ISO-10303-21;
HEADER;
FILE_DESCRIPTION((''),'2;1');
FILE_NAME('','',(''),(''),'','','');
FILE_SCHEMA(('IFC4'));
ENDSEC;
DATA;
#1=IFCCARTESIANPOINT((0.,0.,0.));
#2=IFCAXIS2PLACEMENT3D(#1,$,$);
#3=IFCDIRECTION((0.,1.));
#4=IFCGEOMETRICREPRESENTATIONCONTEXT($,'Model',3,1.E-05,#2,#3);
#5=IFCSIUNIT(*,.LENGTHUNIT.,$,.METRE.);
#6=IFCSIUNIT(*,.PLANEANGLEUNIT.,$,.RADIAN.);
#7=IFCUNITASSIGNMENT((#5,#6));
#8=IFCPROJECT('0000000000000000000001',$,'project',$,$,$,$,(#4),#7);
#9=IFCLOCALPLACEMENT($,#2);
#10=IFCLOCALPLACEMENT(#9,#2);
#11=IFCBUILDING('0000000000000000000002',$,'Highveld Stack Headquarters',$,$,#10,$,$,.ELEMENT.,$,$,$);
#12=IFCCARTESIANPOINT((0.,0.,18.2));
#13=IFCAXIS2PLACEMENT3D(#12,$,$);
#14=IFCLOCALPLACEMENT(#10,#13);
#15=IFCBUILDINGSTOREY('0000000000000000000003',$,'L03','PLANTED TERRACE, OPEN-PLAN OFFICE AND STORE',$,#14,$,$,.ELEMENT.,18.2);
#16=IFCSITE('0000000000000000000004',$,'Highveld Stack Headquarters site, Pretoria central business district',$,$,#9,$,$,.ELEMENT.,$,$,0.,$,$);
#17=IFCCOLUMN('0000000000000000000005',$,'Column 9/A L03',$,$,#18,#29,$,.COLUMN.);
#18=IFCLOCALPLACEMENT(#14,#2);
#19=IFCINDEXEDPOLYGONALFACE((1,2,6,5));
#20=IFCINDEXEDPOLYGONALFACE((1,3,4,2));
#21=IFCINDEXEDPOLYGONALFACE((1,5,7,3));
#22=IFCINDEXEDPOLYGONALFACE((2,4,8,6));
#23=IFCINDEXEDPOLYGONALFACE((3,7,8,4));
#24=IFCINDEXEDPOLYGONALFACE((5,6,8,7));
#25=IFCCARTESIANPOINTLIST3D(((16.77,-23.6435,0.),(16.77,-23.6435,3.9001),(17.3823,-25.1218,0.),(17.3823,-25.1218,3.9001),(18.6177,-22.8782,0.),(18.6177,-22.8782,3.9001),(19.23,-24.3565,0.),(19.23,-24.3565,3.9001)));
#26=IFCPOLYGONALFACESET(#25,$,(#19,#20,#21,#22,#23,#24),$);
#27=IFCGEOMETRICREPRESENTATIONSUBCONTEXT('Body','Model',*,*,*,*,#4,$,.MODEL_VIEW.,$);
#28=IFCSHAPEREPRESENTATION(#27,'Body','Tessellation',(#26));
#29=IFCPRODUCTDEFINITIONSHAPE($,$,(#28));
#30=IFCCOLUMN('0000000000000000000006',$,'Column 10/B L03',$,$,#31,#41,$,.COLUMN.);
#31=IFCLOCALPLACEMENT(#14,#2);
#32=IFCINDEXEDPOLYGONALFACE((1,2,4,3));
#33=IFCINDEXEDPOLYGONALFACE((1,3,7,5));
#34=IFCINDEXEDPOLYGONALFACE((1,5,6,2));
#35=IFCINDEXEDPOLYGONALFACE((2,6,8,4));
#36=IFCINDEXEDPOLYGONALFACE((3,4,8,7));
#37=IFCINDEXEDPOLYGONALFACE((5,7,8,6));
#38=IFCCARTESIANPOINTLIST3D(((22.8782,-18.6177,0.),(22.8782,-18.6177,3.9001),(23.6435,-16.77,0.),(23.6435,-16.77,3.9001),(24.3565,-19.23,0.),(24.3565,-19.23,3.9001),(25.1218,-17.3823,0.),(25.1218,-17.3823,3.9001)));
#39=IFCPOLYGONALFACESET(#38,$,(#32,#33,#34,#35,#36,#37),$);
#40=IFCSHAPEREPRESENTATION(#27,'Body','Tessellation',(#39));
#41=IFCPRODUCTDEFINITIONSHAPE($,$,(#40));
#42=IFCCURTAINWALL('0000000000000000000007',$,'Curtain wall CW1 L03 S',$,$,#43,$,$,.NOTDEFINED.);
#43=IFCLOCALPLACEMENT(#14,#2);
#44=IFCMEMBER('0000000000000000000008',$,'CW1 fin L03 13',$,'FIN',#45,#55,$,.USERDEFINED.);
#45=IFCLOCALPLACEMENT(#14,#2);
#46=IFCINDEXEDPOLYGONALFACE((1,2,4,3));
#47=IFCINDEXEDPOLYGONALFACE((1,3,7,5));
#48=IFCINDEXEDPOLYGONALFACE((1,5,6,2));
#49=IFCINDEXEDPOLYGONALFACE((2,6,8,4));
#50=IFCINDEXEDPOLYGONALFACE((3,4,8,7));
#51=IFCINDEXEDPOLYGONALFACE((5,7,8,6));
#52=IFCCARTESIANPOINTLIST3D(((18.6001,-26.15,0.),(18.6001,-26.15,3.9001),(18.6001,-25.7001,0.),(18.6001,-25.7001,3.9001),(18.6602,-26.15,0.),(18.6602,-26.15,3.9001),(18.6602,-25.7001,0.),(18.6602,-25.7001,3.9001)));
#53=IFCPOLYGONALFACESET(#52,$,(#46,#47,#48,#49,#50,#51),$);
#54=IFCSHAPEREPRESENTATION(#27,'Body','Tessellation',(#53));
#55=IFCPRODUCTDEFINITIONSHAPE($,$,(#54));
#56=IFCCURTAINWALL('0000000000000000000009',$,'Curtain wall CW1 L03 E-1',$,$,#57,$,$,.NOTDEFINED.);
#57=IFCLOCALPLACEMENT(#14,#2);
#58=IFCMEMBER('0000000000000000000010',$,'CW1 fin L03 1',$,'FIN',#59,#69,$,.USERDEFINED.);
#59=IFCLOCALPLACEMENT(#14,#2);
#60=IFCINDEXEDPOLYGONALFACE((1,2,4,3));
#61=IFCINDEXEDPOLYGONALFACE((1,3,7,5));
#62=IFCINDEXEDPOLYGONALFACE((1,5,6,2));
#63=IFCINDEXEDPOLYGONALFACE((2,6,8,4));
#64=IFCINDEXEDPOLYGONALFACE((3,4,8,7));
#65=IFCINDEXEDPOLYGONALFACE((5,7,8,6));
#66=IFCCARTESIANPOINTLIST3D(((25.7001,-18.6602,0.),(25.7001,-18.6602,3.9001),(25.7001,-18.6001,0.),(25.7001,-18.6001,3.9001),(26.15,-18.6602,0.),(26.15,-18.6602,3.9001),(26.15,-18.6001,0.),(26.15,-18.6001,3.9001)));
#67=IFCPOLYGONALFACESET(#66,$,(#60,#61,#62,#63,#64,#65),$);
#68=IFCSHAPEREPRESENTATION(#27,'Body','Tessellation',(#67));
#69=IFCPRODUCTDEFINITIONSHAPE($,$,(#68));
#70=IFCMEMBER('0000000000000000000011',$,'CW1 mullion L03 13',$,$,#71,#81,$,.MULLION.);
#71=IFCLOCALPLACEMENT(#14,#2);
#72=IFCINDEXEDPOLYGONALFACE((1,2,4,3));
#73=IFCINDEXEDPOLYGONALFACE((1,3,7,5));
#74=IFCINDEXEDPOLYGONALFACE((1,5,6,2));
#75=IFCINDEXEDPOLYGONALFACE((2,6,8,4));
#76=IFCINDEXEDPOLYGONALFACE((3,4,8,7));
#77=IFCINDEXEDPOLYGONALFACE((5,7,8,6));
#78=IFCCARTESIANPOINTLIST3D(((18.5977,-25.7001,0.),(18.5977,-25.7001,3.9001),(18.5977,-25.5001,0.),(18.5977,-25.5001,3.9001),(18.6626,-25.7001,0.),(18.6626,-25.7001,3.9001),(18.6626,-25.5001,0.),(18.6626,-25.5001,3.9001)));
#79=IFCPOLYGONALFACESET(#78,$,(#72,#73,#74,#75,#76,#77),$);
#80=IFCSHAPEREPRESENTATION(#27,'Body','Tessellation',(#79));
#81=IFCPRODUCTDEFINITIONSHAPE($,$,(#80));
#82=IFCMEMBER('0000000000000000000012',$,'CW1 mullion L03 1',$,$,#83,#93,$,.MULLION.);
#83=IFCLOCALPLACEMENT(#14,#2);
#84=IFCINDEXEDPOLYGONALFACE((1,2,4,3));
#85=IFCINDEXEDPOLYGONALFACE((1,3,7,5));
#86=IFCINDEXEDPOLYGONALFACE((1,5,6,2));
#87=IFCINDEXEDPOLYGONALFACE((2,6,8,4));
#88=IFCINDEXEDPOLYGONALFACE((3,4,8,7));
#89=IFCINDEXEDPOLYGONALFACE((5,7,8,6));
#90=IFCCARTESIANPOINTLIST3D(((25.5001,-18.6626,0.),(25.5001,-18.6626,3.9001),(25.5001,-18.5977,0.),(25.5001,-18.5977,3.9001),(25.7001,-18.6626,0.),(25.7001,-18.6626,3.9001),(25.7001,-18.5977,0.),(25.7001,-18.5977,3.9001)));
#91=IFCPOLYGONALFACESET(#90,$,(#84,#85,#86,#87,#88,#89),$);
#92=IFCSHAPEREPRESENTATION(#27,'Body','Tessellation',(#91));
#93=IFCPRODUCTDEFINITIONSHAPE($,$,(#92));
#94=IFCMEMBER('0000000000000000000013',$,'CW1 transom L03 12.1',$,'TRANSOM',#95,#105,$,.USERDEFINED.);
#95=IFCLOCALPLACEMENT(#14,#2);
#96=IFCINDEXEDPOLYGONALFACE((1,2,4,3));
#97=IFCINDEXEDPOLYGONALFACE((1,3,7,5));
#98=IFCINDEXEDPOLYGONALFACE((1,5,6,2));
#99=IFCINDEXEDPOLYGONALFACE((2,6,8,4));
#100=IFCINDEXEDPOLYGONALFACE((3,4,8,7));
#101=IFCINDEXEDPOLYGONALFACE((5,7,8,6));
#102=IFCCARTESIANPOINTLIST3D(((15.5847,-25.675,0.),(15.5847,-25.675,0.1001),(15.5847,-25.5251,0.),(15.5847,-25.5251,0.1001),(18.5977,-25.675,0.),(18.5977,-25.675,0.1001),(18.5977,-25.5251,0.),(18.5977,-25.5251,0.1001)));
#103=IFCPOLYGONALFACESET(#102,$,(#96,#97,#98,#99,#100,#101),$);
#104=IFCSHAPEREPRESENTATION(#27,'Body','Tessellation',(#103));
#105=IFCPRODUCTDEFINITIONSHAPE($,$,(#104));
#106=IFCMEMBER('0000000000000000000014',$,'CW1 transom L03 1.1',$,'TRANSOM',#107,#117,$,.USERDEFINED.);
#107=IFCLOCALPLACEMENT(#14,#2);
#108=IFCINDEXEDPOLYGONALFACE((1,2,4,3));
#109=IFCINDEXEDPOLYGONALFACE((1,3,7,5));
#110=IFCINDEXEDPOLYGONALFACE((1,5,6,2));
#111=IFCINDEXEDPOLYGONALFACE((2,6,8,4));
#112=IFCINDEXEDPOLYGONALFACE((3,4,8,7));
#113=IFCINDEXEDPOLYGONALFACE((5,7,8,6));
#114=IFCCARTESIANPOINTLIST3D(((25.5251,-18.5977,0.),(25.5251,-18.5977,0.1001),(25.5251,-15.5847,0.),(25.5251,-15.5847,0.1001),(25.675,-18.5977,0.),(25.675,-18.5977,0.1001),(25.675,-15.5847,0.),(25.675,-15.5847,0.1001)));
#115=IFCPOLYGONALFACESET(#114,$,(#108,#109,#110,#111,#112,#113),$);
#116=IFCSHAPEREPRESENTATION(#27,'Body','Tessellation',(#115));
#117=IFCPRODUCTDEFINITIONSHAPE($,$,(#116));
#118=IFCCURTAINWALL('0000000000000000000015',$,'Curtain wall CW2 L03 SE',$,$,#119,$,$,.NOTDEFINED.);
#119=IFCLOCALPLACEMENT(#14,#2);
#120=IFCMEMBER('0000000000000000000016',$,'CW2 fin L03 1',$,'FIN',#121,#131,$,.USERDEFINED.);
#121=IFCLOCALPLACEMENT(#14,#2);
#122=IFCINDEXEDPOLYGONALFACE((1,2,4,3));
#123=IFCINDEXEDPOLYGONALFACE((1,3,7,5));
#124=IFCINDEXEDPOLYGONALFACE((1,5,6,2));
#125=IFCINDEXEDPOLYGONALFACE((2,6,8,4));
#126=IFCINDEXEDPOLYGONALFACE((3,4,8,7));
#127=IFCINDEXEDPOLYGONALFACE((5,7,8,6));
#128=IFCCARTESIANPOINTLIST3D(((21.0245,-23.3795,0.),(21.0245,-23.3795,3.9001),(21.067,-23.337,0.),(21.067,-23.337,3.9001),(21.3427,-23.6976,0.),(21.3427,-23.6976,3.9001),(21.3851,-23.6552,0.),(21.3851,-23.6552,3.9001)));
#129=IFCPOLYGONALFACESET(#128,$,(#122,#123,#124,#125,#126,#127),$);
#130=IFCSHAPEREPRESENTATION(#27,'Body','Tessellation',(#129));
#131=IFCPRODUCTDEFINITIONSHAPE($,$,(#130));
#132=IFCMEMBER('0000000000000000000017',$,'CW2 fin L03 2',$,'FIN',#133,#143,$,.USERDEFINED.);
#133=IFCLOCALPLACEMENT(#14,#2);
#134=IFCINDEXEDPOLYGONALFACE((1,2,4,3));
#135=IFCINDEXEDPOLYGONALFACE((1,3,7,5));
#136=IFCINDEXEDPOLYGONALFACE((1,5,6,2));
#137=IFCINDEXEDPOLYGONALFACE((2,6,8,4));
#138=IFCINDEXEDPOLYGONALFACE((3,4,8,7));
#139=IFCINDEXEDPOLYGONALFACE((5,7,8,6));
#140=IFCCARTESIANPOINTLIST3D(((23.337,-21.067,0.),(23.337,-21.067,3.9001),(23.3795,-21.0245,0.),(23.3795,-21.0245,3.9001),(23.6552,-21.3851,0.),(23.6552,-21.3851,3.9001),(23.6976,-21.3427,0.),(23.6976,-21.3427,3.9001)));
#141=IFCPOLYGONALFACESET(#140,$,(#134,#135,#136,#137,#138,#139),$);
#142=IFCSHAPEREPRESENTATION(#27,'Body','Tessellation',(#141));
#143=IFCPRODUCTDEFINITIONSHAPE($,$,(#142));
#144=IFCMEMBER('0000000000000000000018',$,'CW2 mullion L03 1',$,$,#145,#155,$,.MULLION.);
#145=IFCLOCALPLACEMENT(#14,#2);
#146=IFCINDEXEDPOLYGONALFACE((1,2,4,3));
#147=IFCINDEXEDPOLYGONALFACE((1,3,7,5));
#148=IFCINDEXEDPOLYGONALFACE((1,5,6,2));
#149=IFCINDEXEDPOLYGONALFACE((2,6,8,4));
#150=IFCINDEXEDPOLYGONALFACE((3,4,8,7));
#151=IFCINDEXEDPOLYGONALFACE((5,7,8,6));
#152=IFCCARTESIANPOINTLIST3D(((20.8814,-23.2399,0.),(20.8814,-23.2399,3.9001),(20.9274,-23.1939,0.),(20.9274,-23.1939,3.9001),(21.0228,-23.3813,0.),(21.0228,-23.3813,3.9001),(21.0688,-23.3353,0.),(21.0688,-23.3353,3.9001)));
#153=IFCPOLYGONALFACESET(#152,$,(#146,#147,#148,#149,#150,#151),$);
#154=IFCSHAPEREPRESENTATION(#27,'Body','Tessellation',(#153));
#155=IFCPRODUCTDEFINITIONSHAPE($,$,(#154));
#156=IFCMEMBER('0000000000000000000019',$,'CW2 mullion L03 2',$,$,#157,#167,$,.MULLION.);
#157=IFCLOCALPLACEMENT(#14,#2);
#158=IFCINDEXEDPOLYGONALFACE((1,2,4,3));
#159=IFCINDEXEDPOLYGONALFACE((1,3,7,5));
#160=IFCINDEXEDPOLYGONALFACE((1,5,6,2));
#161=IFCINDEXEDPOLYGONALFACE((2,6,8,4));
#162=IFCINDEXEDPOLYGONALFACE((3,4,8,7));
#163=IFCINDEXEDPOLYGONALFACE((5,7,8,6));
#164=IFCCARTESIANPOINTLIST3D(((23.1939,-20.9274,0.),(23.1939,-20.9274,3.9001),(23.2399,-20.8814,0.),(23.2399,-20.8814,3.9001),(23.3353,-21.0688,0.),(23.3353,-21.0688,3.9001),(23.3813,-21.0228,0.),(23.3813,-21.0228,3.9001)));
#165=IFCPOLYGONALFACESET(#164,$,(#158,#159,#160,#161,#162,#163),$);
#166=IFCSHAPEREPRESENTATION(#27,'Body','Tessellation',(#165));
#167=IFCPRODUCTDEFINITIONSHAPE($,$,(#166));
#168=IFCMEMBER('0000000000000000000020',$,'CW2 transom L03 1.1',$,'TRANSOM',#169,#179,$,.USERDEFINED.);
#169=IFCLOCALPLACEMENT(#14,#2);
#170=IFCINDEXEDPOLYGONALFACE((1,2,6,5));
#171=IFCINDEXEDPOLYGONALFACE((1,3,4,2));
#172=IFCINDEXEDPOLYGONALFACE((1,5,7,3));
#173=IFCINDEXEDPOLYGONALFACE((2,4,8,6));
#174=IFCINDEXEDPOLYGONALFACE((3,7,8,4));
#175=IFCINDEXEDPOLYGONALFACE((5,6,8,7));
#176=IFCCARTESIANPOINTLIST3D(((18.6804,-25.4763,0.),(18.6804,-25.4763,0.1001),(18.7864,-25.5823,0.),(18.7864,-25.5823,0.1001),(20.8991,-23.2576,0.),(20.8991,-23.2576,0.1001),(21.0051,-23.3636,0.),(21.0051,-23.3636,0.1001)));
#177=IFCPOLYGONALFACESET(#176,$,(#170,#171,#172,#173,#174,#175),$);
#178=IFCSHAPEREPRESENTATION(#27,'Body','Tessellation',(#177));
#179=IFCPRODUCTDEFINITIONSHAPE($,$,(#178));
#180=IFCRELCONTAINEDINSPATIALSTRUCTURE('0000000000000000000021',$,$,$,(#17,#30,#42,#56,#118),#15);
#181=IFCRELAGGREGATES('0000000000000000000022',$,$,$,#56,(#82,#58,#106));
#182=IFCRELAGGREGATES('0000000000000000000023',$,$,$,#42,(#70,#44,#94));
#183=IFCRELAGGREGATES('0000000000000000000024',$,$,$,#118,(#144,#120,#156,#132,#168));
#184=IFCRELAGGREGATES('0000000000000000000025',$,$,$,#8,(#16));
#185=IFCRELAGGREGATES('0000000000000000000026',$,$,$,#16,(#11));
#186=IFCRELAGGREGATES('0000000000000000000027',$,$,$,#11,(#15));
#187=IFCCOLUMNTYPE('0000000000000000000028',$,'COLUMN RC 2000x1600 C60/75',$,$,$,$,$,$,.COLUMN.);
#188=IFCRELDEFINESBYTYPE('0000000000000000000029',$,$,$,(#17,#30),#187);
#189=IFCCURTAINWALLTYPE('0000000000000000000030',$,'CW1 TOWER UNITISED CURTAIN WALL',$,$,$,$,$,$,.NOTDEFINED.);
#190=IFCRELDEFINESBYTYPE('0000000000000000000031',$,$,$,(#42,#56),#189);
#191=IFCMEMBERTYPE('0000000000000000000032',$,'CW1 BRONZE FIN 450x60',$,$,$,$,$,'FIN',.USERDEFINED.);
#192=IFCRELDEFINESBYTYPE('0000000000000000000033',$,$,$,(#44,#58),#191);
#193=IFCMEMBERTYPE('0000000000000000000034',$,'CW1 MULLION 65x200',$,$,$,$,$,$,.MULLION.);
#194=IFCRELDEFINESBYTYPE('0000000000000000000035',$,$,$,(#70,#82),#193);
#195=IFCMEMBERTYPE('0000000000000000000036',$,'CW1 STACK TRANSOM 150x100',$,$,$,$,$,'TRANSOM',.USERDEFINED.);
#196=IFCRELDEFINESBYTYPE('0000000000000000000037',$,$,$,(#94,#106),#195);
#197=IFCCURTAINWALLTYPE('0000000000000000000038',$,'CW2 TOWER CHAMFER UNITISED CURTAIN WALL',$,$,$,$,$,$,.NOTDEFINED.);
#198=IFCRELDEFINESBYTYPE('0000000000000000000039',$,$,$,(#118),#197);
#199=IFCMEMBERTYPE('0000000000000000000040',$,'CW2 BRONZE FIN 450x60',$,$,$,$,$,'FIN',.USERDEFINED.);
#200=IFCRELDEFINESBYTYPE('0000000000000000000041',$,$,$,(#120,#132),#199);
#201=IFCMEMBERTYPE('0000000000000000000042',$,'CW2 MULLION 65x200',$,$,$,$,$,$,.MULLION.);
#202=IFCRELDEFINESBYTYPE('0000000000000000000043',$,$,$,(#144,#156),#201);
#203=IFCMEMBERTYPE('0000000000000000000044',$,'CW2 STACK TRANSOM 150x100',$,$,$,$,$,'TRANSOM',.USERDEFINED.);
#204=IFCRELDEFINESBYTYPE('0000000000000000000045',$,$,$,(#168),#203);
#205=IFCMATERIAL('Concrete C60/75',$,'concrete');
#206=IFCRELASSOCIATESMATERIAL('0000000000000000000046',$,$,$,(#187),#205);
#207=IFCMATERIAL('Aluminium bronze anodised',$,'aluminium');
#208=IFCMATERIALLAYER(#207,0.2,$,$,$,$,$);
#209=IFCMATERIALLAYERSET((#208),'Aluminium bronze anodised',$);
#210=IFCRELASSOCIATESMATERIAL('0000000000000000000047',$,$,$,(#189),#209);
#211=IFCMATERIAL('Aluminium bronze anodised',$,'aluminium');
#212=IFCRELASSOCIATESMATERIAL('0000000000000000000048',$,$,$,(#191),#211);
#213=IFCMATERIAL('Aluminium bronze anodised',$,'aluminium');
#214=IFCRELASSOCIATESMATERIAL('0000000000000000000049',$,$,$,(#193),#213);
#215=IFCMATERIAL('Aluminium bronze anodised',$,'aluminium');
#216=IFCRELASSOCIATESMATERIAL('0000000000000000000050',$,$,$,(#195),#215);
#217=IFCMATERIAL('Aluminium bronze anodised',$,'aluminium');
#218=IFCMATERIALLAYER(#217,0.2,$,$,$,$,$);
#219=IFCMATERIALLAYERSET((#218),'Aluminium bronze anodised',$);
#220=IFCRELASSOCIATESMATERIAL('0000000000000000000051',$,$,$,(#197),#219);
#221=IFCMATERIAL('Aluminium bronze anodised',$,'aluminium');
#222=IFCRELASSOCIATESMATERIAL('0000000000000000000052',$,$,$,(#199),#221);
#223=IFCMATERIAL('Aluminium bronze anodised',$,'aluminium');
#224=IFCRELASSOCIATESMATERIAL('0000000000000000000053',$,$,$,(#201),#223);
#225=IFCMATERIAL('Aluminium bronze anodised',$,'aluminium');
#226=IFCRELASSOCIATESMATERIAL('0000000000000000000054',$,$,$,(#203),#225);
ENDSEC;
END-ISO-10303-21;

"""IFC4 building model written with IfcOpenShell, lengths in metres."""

from ifc_helpers import new_model, si_unit, direction, frame, origin, origin_2d, place, context, subcontext, project, spatial, rectangle, extrude, material, layer, layer_set, material_profile, profile_set, type_object, element, aggregate, save


model = new_model("IFC4")

# Units and contexts
model_context = context("Model", 3, precision=1e-05, world=origin(), true_north=direction((0.0, 1.0)))
body_context = subcontext(model_context, "Body", "Model", "MODEL_VIEW")
ifc_project = project(units=[si_unit("LENGTHUNIT", "METRE"), si_unit("PLANEANGLEUNIT", "RADIAN")], contexts=[model_context])

# Site, building, storey
site_placement = place(None, origin())
site = spatial("IfcSite", under=ifc_project, at=site_placement, Name="Highveld Stack Headquarters site, Pretoria central business district", CompositionType="ELEMENT", RefElevation=0.0)
building_placement = place(site_placement, origin())
building = spatial("IfcBuilding", under=site, at=building_placement, Name="Highveld Stack Headquarters", CompositionType="ELEMENT")
storey_placement = place(building_placement, frame((0.0, 0.0, 18.2)))
storey = spatial("IfcBuildingStorey", under=building, at=storey_placement, Name="L03", Description="PLANTED TERRACE, OPEN-PLAN OFFICE AND STORE", CompositionType="ELEMENT", Elevation=18.2)

# Columns
ifc_material_1 = material(Name="Concrete C60/75", Category="concrete")
ifc_material_profile_1 = material_profile(ifc_material_1, rectangle(XDim=2.0, YDim=1.6001, at=origin_2d()), Name="RC 2000x1600")
ifc_profile_set_1 = profile_set([ifc_material_profile_1], Name="Concrete C60/75")
column_type = type_object("IfcColumnType", Name="COLUMN RC 2000x1600 C60/75", PredefinedType="COLUMN", material=ifc_profile_set_1)
for number, where, z_axis, x_axis, name in (
    (1, (18.0, -24.0, 0.0), (0.0, 0.0, 1.0), (-0.92388, -0.382683, 0.0), "Column 9/A L03"),
    (2, (24.0, -18.0, 0.0), (0.0, 0.0, 1.0), (-0.382683, -0.92388, 0.0), "Column 10/B L03"),
):
    element("IfcColumn", number, at=place(storey_placement, frame(where, z_axis=z_axis, x_axis=x_axis)), inside=storey, type_object=column_type, Name=name, PredefinedType="COLUMN", context=body_context, shape_type="SweptSolid", body=[
        extrude(rectangle(XDim=2.0, YDim=1.6001, at=origin_2d()), origin(), (0.0, 0.0, 1.0), 3.9001),
    ])

# Curtain walls, members
ifc_material_2 = material(Name="Aluminium bronze anodised", Category="aluminium")
ifc_layer_1 = layer(ifc_material_2, 0.2)
ifc_layer_set_1 = layer_set([ifc_layer_1], Name="Aluminium bronze anodised")
curtain_wall_type_1 = type_object("IfcCurtainWallType", Name="CW1 TOWER UNITISED CURTAIN WALL", PredefinedType="NOTDEFINED", material=ifc_layer_set_1)
curtain_wall_1_placement = place(storey_placement, origin())
curtain_wall_1 = element("IfcCurtainWall", 3, at=curtain_wall_1_placement, inside=storey, type_object=curtain_wall_type_1, Name="Curtain wall CW1 L03 S", PredefinedType="NOTDEFINED")
ifc_material_3 = material(Name="Aluminium bronze anodised", Category="aluminium")
ifc_material_profile_2 = material_profile(ifc_material_3, rectangle(XDim=0.45, YDim=0.0601, at=origin_2d()), Name="FIN 450x60")
ifc_profile_set_2 = profile_set([ifc_material_profile_2], Name="Aluminium bronze anodised")
member_type_1 = type_object("IfcMemberType", Name="CW1 BRONZE FIN 450x60", ElementType="FIN", PredefinedType="USERDEFINED", material=ifc_profile_set_2)
member_1_placement = place(storey_placement, frame((18.6301, -25.925, 0.0), z_axis=(0.0, 0.0, 1.0), x_axis=(0.0, 1.0, 0.0)))
member_1 = element("IfcMember", 4, at=member_1_placement, type_object=member_type_1, Name="CW1 fin L03 13", ObjectType="FIN", PredefinedType="USERDEFINED", context=body_context, shape_type="SweptSolid", body=[
    extrude(rectangle(XDim=0.45, YDim=0.0601, at=origin_2d()), origin(), (0.0, 0.0, 1.0), 3.9001),
])
curtain_wall_2_placement = place(storey_placement, origin())
curtain_wall_2 = element("IfcCurtainWall", 5, at=curtain_wall_2_placement, inside=storey, type_object=curtain_wall_type_1, Name="Curtain wall CW1 L03 E-1", PredefinedType="NOTDEFINED")
member_2_placement = place(storey_placement, frame((25.925, -18.6301, 0.0), z_axis=(0.0, 0.0, 1.0), x_axis=(-1.0, 0.0, 0.0)))
member_2 = element("IfcMember", 6, at=member_2_placement, type_object=member_type_1, Name="CW1 fin L03 1", ObjectType="FIN", PredefinedType="USERDEFINED", context=body_context, shape_type="SweptSolid", body=[
    extrude(rectangle(XDim=0.45, YDim=0.0601, at=origin_2d()), origin(), (0.0, 0.0, 1.0), 3.9001),
])

# Members
ifc_material_4 = material(Name="Aluminium bronze anodised", Category="aluminium")
ifc_material_profile_3 = material_profile(ifc_material_4, rectangle(XDim=0.2, YDim=0.0649, at=origin_2d()), Name="CW1 MULLION 65x200")
ifc_profile_set_3 = profile_set([ifc_material_profile_3], Name="Aluminium bronze anodised")
member_type_2 = type_object("IfcMemberType", Name="CW1 MULLION 65x200", PredefinedType="MULLION", material=ifc_profile_set_3)
member_3_placement = place(storey_placement, frame((18.6301, -25.6001, 0.0), z_axis=(0.0, 0.0, 1.0), x_axis=(0.0, 1.0, 0.0)))
member_3 = element("IfcMember", 7, at=member_3_placement, type_object=member_type_2, Name="CW1 mullion L03 13", PredefinedType="MULLION", context=body_context, shape_type="SweptSolid", body=[
    extrude(rectangle(XDim=0.2, YDim=0.0649, at=origin_2d()), origin(), (0.0, 0.0, 1.0), 3.9001),
])
member_4_placement = place(storey_placement, frame((25.6001, -18.6301, 0.0), z_axis=(0.0, 0.0, 1.0), x_axis=(-1.0, 0.0, 0.0)))
member_4 = element("IfcMember", 8, at=member_4_placement, type_object=member_type_2, Name="CW1 mullion L03 1", PredefinedType="MULLION", context=body_context, shape_type="SweptSolid", body=[
    extrude(rectangle(XDim=0.2, YDim=0.0649, at=origin_2d()), origin(), (0.0, 0.0, 1.0), 3.9001),
])
ifc_material_5 = material(Name="Aluminium bronze anodised", Category="aluminium")
ifc_material_profile_4 = material_profile(ifc_material_5, rectangle(XDim=0.1499, YDim=0.1001, at=origin_2d()), Name="CW1 TRANSOM 150x100")
ifc_profile_set_4 = profile_set([ifc_material_profile_4], Name="Aluminium bronze anodised")
member_type_3 = type_object("IfcMemberType", Name="CW1 STACK TRANSOM 150x100", ElementType="TRANSOM", PredefinedType="USERDEFINED", material=ifc_profile_set_4)
member_5_placement = place(storey_placement, frame((15.5847, -25.6001, 0.05), z_axis=(1.0, 0.0, 0.0), x_axis=(0.0, 1.0, 0.0)))
member_5 = element("IfcMember", 9, at=member_5_placement, type_object=member_type_3, Name="CW1 transom L03 12.1", ObjectType="TRANSOM", PredefinedType="USERDEFINED", context=body_context, shape_type="SweptSolid", body=[
    extrude(rectangle(XDim=0.1499, YDim=0.1001, at=origin_2d()), origin(), (0.0, 0.0, 1.0), 3.0129),
])
member_6_placement = place(storey_placement, frame((25.6001, -18.5977, 0.05), z_axis=(0.0, 1.0, 0.0), x_axis=(-1.0, 0.0, 0.0)))
member_6 = element("IfcMember", 10, at=member_6_placement, type_object=member_type_3, Name="CW1 transom L03 1.1", ObjectType="TRANSOM", PredefinedType="USERDEFINED", context=body_context, shape_type="SweptSolid", body=[
    extrude(rectangle(XDim=0.1499, YDim=0.1001, at=origin_2d()), origin(), (0.0, 0.0, 1.0), 3.0129),
])
aggregate(curtain_wall_2, [member_4, member_2, member_6])

# Curtain wall, members
ifc_material_6 = material(Name="Aluminium bronze anodised", Category="aluminium")
ifc_layer_2 = layer(ifc_material_6, 0.2)
ifc_layer_set_2 = layer_set([ifc_layer_2], Name="Aluminium bronze anodised")
curtain_wall_type_2 = type_object("IfcCurtainWallType", Name="CW2 TOWER CHAMFER UNITISED CURTAIN WALL", PredefinedType="NOTDEFINED", material=ifc_layer_set_2)
curtain_wall_3_placement = place(storey_placement, origin())
curtain_wall_3 = element("IfcCurtainWall", 11, at=curtain_wall_3_placement, inside=storey, type_object=curtain_wall_type_2, Name="Curtain wall CW2 L03 SE", PredefinedType="NOTDEFINED")
ifc_material_7 = material(Name="Aluminium bronze anodised", Category="aluminium")
ifc_material_profile_5 = material_profile(ifc_material_7, rectangle(XDim=0.45, YDim=0.0601, at=origin_2d()), Name="FIN 450x60")
ifc_profile_set_5 = profile_set([ifc_material_profile_5], Name="Aluminium bronze anodised")
member_type_4 = type_object("IfcMemberType", Name="CW2 BRONZE FIN 450x60", ElementType="FIN", PredefinedType="USERDEFINED", material=ifc_profile_set_5)
member_7_placement = place(storey_placement, frame((21.2048, -23.5173, 0.0), z_axis=(0.0, 0.0, 1.0), x_axis=(-0.707107, 0.707107, 0.0)))
member_7 = element("IfcMember", 12, at=member_7_placement, type_object=member_type_4, Name="CW2 fin L03 1", ObjectType="FIN", PredefinedType="USERDEFINED", context=body_context, shape_type="SweptSolid", body=[
    extrude(rectangle(XDim=0.45, YDim=0.0601, at=origin_2d()), origin(), (0.0, 0.0, 1.0), 3.9001),
])
member_8_placement = place(storey_placement, frame((23.5173, -21.2048, 0.0), z_axis=(0.0, 0.0, 1.0), x_axis=(-0.707107, 0.707107, 0.0)))
member_8 = element("IfcMember", 13, at=member_8_placement, type_object=member_type_4, Name="CW2 fin L03 2", ObjectType="FIN", PredefinedType="USERDEFINED", context=body_context, shape_type="SweptSolid", body=[
    extrude(rectangle(XDim=0.45, YDim=0.0601, at=origin_2d()), origin(), (0.0, 0.0, 1.0), 3.9001),
])
ifc_material_8 = material(Name="Aluminium bronze anodised", Category="aluminium")
ifc_material_profile_6 = material_profile(ifc_material_8, rectangle(XDim=0.2, YDim=0.0649, at=origin_2d()), Name="CW2 MULLION 65x200")
ifc_profile_set_6 = profile_set([ifc_material_profile_6], Name="Aluminium bronze anodised")
member_type_5 = type_object("IfcMemberType", Name="CW2 MULLION 65x200", PredefinedType="MULLION", material=ifc_profile_set_6)
member_9_placement = place(storey_placement, frame((20.9751, -23.2876, 0.0), z_axis=(0.0, 0.0, 1.0), x_axis=(-0.707107, 0.707107, 0.0)))
member_9 = element("IfcMember", 14, at=member_9_placement, type_object=member_type_5, Name="CW2 mullion L03 1", PredefinedType="MULLION", context=body_context, shape_type="SweptSolid", body=[
    extrude(rectangle(XDim=0.2, YDim=0.0649, at=origin_2d()), origin(), (0.0, 0.0, 1.0), 3.9001),
])
member_10_placement = place(storey_placement, frame((23.2876, -20.9751, 0.0), z_axis=(0.0, 0.0, 1.0), x_axis=(-0.707107, 0.707107, 0.0)))
member_10 = element("IfcMember", 15, at=member_10_placement, type_object=member_type_5, Name="CW2 mullion L03 2", PredefinedType="MULLION", context=body_context, shape_type="SweptSolid", body=[
    extrude(rectangle(XDim=0.2, YDim=0.0649, at=origin_2d()), origin(), (0.0, 0.0, 1.0), 3.9001),
])
ifc_material_9 = material(Name="Aluminium bronze anodised", Category="aluminium")
ifc_material_profile_7 = material_profile(ifc_material_9, rectangle(XDim=0.1499, YDim=0.1001, at=origin_2d()), Name="CW2 TRANSOM 150x100")
ifc_profile_set_7 = profile_set([ifc_material_profile_7], Name="Aluminium bronze anodised")
member_type_6 = type_object("IfcMemberType", Name="CW2 STACK TRANSOM 150x100", ElementType="TRANSOM", PredefinedType="USERDEFINED", material=ifc_profile_set_7)
member_11_placement = place(storey_placement, frame((18.7334, -25.5293, 0.05), z_axis=(0.707107, 0.707107, 0.0), x_axis=(-0.707107, 0.707107, 0.0)))
member_11 = element("IfcMember", 16, at=member_11_placement, type_object=member_type_6, Name="CW2 transom L03 1.1", ObjectType="TRANSOM", PredefinedType="USERDEFINED", context=body_context, shape_type="SweptSolid", body=[
    extrude(rectangle(XDim=0.1499, YDim=0.1001, at=origin_2d()), origin(), (0.0, 0.0, 1.0), 3.1377),
])

aggregate(curtain_wall_1, [member_3, member_1, member_5])
aggregate(curtain_wall_3, [member_9, member_7, member_10, member_8, member_11])

save(model, "model.ifc")
